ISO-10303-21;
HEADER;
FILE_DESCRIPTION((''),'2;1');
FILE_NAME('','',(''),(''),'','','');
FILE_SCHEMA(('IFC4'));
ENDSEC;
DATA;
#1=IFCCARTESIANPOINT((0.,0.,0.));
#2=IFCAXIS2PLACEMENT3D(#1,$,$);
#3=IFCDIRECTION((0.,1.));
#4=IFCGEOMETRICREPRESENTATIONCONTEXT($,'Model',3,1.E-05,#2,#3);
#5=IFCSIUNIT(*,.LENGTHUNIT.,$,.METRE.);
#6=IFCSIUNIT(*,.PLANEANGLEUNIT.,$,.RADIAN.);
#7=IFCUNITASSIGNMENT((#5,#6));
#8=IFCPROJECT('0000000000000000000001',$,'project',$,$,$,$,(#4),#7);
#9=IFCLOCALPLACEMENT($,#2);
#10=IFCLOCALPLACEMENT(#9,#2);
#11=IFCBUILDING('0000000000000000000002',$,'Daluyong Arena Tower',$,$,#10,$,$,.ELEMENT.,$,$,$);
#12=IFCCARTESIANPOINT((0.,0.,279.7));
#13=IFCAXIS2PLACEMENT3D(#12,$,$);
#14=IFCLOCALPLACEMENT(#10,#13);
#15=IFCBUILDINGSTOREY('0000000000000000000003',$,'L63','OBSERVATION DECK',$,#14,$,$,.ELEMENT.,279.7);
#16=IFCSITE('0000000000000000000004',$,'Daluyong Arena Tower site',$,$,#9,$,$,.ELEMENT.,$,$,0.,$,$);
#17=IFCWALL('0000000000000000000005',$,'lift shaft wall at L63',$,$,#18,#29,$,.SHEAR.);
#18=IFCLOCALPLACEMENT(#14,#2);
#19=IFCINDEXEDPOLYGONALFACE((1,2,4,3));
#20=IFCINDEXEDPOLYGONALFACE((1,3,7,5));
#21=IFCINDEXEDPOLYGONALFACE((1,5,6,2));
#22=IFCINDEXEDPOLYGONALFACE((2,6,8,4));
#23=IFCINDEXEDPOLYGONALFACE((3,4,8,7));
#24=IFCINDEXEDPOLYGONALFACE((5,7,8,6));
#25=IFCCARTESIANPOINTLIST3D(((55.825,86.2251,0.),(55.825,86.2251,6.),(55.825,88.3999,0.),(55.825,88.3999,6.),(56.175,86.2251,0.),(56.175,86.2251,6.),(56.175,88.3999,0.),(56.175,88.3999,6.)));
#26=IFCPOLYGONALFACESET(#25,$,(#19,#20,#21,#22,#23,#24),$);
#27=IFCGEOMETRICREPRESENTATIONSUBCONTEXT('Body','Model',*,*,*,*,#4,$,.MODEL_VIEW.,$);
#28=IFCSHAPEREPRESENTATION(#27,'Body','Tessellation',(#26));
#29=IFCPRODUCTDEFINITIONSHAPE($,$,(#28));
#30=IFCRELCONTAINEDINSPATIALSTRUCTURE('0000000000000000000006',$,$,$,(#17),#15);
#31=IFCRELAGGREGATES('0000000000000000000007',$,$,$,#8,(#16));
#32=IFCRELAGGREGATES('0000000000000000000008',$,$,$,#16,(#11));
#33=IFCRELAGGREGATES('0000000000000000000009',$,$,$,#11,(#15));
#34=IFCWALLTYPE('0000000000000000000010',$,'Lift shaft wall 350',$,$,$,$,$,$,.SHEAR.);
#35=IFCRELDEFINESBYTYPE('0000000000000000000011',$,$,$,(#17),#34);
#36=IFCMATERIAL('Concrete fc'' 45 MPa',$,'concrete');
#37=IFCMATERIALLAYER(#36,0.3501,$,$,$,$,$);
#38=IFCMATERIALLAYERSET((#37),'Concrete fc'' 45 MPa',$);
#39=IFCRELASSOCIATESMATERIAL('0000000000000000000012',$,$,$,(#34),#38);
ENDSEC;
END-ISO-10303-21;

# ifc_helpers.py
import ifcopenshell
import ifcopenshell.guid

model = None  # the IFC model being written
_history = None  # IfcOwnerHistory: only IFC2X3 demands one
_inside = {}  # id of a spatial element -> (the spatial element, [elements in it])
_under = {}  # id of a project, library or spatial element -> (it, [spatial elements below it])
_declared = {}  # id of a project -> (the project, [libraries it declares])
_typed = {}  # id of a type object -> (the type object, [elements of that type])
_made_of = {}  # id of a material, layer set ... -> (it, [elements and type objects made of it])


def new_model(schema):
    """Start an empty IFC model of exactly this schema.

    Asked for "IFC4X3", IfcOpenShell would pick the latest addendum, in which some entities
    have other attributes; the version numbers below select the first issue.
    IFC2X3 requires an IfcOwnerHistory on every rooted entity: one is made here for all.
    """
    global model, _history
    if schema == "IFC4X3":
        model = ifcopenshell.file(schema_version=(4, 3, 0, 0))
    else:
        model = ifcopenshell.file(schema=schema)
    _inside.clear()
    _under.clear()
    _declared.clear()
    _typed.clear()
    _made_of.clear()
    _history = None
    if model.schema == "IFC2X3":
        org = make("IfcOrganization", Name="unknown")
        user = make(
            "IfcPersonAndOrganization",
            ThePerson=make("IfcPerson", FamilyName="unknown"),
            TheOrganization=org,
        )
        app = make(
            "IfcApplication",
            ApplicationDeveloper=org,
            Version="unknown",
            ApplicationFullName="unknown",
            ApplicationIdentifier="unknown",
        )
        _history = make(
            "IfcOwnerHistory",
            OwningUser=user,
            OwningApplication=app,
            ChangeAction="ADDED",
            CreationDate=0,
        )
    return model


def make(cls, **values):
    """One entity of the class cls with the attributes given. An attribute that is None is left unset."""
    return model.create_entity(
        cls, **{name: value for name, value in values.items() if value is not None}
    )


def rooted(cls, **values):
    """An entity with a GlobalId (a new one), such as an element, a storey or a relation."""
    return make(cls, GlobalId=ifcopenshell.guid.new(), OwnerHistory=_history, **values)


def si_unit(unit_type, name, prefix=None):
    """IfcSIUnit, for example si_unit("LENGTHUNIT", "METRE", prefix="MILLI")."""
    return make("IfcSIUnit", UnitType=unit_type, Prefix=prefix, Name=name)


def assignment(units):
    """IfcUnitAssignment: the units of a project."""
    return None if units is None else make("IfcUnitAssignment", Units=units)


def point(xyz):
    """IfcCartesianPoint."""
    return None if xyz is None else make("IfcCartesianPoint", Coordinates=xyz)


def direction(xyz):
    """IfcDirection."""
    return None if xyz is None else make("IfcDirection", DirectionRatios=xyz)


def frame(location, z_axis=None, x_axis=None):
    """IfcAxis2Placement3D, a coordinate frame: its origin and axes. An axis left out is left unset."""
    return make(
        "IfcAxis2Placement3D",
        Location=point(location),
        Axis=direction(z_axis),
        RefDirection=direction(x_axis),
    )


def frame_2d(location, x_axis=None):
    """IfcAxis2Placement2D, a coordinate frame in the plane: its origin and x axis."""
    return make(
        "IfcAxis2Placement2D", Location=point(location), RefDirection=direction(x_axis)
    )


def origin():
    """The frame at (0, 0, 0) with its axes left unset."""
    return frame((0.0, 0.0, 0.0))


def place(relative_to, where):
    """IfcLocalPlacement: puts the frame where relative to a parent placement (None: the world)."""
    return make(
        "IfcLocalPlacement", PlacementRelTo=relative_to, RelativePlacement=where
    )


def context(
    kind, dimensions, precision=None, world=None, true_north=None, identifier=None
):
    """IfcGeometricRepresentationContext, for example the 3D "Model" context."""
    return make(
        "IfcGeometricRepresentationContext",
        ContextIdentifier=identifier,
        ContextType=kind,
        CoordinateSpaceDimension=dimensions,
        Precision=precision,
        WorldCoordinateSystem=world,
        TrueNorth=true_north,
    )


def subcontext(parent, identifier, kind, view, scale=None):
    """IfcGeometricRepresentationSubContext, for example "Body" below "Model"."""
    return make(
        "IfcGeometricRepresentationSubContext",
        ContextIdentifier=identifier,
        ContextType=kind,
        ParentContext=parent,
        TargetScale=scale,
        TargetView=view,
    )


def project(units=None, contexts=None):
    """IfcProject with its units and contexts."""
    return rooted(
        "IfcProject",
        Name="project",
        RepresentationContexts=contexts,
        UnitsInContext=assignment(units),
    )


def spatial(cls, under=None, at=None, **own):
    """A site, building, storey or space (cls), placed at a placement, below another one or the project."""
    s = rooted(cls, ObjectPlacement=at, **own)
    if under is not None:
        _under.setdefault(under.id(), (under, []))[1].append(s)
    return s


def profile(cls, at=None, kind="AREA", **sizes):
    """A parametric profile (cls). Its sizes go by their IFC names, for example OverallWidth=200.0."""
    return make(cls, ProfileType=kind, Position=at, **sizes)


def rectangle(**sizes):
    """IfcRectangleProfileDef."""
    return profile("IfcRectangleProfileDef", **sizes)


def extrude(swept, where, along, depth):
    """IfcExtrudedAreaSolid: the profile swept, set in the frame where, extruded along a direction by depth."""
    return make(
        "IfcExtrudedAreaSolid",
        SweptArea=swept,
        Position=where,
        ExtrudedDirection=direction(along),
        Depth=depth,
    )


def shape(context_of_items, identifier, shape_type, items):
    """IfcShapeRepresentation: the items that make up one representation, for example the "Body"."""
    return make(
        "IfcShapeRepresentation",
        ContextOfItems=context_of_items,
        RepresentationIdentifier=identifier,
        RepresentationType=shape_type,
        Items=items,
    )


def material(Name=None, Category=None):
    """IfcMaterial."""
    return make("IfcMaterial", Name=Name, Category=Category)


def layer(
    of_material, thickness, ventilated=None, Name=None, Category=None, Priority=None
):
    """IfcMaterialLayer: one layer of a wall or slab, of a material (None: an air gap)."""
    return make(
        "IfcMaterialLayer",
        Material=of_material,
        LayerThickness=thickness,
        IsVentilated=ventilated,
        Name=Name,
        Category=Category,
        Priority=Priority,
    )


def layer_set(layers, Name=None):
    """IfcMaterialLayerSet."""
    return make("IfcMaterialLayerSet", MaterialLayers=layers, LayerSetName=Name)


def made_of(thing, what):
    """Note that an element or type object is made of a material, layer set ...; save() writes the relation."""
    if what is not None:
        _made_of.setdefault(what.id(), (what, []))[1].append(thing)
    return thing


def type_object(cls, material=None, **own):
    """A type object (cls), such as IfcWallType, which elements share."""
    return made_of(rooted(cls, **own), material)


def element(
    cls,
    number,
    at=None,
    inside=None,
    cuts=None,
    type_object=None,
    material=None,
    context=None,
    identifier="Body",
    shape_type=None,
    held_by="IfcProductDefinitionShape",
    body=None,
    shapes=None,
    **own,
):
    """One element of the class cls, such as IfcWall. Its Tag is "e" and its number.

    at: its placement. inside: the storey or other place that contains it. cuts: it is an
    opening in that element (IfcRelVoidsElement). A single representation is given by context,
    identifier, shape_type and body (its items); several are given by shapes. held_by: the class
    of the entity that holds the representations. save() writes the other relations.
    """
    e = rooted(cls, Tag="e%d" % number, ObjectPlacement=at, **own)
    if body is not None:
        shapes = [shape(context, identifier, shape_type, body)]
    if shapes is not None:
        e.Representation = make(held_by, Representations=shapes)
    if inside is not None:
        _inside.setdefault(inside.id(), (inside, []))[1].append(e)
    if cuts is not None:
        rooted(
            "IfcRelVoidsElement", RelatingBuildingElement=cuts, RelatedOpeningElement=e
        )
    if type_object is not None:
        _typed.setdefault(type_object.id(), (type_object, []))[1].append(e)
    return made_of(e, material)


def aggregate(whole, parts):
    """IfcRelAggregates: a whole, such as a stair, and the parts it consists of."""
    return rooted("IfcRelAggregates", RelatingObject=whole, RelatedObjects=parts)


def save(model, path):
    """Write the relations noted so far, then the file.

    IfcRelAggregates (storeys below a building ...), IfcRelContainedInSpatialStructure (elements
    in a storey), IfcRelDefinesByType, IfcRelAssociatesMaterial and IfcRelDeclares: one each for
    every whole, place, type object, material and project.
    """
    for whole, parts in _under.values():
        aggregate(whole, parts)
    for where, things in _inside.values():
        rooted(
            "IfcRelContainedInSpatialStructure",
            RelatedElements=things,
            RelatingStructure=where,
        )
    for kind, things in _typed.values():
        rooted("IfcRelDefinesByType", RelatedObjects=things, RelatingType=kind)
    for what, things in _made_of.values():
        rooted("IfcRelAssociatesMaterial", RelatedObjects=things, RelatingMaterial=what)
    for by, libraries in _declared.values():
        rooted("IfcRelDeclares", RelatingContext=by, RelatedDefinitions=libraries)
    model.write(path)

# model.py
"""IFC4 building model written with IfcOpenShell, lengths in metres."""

from ifc_helpers import new_model, si_unit, direction, frame, frame_2d, origin, place, context, subcontext, project, spatial, rectangle, extrude, material, layer, layer_set, type_object, element, save


model = new_model("IFC4")

# Units and contexts
model_context = context("Model", 3, precision=1e-05, world=origin(), true_north=direction((0.0, 1.0)))
body_context = subcontext(model_context, "Body", "Model", "MODEL_VIEW")
ifc_project = project(units=[si_unit("LENGTHUNIT", "METRE"), si_unit("PLANEANGLEUNIT", "RADIAN")], contexts=[model_context])

# Site, building, storey
site_placement = place(None, origin())
site = spatial("IfcSite", under=ifc_project, at=site_placement, Name="Daluyong Arena Tower site", CompositionType="ELEMENT", RefElevation=0.0)
building_placement = place(site_placement, origin())
building = spatial("IfcBuilding", under=site, at=building_placement, Name="Daluyong Arena Tower", CompositionType="ELEMENT")
storey_placement = place(building_placement, frame((0.0, 0.0, 279.7)))
storey = spatial("IfcBuildingStorey", under=building, at=storey_placement, Name="L63", Description="OBSERVATION DECK", CompositionType="ELEMENT", Elevation=279.7)

# Wall
ifc_material_1 = material(Name="Concrete fc' 45 MPa", Category="concrete")
ifc_layer_1 = layer(ifc_material_1, 0.3501)
ifc_layer_set_1 = layer_set([ifc_layer_1], Name="Concrete fc' 45 MPa")
wall_type_1 = type_object("IfcWallType", Name="Lift shaft wall 350", PredefinedType="SHEAR", material=ifc_layer_set_1)
wall_1_placement = place(storey_placement, frame((56.0, 86.2251, 0.0), z_axis=(0.0, 0.0, 1.0), x_axis=(0.0, 1.0, 0.0)))
element("IfcWall", 1, at=wall_1_placement, inside=storey, type_object=wall_type_1, Name="lift shaft wall at L63", PredefinedType="SHEAR", context=body_context, shape_type="SweptSolid", body=[
    extrude(rectangle(XDim=2.1748, YDim=0.3501, at=frame_2d((1.0874, 0.0))), origin(), (0.0, 0.0, 1.0), 6.0),
])

save(model, "model.ifc")
